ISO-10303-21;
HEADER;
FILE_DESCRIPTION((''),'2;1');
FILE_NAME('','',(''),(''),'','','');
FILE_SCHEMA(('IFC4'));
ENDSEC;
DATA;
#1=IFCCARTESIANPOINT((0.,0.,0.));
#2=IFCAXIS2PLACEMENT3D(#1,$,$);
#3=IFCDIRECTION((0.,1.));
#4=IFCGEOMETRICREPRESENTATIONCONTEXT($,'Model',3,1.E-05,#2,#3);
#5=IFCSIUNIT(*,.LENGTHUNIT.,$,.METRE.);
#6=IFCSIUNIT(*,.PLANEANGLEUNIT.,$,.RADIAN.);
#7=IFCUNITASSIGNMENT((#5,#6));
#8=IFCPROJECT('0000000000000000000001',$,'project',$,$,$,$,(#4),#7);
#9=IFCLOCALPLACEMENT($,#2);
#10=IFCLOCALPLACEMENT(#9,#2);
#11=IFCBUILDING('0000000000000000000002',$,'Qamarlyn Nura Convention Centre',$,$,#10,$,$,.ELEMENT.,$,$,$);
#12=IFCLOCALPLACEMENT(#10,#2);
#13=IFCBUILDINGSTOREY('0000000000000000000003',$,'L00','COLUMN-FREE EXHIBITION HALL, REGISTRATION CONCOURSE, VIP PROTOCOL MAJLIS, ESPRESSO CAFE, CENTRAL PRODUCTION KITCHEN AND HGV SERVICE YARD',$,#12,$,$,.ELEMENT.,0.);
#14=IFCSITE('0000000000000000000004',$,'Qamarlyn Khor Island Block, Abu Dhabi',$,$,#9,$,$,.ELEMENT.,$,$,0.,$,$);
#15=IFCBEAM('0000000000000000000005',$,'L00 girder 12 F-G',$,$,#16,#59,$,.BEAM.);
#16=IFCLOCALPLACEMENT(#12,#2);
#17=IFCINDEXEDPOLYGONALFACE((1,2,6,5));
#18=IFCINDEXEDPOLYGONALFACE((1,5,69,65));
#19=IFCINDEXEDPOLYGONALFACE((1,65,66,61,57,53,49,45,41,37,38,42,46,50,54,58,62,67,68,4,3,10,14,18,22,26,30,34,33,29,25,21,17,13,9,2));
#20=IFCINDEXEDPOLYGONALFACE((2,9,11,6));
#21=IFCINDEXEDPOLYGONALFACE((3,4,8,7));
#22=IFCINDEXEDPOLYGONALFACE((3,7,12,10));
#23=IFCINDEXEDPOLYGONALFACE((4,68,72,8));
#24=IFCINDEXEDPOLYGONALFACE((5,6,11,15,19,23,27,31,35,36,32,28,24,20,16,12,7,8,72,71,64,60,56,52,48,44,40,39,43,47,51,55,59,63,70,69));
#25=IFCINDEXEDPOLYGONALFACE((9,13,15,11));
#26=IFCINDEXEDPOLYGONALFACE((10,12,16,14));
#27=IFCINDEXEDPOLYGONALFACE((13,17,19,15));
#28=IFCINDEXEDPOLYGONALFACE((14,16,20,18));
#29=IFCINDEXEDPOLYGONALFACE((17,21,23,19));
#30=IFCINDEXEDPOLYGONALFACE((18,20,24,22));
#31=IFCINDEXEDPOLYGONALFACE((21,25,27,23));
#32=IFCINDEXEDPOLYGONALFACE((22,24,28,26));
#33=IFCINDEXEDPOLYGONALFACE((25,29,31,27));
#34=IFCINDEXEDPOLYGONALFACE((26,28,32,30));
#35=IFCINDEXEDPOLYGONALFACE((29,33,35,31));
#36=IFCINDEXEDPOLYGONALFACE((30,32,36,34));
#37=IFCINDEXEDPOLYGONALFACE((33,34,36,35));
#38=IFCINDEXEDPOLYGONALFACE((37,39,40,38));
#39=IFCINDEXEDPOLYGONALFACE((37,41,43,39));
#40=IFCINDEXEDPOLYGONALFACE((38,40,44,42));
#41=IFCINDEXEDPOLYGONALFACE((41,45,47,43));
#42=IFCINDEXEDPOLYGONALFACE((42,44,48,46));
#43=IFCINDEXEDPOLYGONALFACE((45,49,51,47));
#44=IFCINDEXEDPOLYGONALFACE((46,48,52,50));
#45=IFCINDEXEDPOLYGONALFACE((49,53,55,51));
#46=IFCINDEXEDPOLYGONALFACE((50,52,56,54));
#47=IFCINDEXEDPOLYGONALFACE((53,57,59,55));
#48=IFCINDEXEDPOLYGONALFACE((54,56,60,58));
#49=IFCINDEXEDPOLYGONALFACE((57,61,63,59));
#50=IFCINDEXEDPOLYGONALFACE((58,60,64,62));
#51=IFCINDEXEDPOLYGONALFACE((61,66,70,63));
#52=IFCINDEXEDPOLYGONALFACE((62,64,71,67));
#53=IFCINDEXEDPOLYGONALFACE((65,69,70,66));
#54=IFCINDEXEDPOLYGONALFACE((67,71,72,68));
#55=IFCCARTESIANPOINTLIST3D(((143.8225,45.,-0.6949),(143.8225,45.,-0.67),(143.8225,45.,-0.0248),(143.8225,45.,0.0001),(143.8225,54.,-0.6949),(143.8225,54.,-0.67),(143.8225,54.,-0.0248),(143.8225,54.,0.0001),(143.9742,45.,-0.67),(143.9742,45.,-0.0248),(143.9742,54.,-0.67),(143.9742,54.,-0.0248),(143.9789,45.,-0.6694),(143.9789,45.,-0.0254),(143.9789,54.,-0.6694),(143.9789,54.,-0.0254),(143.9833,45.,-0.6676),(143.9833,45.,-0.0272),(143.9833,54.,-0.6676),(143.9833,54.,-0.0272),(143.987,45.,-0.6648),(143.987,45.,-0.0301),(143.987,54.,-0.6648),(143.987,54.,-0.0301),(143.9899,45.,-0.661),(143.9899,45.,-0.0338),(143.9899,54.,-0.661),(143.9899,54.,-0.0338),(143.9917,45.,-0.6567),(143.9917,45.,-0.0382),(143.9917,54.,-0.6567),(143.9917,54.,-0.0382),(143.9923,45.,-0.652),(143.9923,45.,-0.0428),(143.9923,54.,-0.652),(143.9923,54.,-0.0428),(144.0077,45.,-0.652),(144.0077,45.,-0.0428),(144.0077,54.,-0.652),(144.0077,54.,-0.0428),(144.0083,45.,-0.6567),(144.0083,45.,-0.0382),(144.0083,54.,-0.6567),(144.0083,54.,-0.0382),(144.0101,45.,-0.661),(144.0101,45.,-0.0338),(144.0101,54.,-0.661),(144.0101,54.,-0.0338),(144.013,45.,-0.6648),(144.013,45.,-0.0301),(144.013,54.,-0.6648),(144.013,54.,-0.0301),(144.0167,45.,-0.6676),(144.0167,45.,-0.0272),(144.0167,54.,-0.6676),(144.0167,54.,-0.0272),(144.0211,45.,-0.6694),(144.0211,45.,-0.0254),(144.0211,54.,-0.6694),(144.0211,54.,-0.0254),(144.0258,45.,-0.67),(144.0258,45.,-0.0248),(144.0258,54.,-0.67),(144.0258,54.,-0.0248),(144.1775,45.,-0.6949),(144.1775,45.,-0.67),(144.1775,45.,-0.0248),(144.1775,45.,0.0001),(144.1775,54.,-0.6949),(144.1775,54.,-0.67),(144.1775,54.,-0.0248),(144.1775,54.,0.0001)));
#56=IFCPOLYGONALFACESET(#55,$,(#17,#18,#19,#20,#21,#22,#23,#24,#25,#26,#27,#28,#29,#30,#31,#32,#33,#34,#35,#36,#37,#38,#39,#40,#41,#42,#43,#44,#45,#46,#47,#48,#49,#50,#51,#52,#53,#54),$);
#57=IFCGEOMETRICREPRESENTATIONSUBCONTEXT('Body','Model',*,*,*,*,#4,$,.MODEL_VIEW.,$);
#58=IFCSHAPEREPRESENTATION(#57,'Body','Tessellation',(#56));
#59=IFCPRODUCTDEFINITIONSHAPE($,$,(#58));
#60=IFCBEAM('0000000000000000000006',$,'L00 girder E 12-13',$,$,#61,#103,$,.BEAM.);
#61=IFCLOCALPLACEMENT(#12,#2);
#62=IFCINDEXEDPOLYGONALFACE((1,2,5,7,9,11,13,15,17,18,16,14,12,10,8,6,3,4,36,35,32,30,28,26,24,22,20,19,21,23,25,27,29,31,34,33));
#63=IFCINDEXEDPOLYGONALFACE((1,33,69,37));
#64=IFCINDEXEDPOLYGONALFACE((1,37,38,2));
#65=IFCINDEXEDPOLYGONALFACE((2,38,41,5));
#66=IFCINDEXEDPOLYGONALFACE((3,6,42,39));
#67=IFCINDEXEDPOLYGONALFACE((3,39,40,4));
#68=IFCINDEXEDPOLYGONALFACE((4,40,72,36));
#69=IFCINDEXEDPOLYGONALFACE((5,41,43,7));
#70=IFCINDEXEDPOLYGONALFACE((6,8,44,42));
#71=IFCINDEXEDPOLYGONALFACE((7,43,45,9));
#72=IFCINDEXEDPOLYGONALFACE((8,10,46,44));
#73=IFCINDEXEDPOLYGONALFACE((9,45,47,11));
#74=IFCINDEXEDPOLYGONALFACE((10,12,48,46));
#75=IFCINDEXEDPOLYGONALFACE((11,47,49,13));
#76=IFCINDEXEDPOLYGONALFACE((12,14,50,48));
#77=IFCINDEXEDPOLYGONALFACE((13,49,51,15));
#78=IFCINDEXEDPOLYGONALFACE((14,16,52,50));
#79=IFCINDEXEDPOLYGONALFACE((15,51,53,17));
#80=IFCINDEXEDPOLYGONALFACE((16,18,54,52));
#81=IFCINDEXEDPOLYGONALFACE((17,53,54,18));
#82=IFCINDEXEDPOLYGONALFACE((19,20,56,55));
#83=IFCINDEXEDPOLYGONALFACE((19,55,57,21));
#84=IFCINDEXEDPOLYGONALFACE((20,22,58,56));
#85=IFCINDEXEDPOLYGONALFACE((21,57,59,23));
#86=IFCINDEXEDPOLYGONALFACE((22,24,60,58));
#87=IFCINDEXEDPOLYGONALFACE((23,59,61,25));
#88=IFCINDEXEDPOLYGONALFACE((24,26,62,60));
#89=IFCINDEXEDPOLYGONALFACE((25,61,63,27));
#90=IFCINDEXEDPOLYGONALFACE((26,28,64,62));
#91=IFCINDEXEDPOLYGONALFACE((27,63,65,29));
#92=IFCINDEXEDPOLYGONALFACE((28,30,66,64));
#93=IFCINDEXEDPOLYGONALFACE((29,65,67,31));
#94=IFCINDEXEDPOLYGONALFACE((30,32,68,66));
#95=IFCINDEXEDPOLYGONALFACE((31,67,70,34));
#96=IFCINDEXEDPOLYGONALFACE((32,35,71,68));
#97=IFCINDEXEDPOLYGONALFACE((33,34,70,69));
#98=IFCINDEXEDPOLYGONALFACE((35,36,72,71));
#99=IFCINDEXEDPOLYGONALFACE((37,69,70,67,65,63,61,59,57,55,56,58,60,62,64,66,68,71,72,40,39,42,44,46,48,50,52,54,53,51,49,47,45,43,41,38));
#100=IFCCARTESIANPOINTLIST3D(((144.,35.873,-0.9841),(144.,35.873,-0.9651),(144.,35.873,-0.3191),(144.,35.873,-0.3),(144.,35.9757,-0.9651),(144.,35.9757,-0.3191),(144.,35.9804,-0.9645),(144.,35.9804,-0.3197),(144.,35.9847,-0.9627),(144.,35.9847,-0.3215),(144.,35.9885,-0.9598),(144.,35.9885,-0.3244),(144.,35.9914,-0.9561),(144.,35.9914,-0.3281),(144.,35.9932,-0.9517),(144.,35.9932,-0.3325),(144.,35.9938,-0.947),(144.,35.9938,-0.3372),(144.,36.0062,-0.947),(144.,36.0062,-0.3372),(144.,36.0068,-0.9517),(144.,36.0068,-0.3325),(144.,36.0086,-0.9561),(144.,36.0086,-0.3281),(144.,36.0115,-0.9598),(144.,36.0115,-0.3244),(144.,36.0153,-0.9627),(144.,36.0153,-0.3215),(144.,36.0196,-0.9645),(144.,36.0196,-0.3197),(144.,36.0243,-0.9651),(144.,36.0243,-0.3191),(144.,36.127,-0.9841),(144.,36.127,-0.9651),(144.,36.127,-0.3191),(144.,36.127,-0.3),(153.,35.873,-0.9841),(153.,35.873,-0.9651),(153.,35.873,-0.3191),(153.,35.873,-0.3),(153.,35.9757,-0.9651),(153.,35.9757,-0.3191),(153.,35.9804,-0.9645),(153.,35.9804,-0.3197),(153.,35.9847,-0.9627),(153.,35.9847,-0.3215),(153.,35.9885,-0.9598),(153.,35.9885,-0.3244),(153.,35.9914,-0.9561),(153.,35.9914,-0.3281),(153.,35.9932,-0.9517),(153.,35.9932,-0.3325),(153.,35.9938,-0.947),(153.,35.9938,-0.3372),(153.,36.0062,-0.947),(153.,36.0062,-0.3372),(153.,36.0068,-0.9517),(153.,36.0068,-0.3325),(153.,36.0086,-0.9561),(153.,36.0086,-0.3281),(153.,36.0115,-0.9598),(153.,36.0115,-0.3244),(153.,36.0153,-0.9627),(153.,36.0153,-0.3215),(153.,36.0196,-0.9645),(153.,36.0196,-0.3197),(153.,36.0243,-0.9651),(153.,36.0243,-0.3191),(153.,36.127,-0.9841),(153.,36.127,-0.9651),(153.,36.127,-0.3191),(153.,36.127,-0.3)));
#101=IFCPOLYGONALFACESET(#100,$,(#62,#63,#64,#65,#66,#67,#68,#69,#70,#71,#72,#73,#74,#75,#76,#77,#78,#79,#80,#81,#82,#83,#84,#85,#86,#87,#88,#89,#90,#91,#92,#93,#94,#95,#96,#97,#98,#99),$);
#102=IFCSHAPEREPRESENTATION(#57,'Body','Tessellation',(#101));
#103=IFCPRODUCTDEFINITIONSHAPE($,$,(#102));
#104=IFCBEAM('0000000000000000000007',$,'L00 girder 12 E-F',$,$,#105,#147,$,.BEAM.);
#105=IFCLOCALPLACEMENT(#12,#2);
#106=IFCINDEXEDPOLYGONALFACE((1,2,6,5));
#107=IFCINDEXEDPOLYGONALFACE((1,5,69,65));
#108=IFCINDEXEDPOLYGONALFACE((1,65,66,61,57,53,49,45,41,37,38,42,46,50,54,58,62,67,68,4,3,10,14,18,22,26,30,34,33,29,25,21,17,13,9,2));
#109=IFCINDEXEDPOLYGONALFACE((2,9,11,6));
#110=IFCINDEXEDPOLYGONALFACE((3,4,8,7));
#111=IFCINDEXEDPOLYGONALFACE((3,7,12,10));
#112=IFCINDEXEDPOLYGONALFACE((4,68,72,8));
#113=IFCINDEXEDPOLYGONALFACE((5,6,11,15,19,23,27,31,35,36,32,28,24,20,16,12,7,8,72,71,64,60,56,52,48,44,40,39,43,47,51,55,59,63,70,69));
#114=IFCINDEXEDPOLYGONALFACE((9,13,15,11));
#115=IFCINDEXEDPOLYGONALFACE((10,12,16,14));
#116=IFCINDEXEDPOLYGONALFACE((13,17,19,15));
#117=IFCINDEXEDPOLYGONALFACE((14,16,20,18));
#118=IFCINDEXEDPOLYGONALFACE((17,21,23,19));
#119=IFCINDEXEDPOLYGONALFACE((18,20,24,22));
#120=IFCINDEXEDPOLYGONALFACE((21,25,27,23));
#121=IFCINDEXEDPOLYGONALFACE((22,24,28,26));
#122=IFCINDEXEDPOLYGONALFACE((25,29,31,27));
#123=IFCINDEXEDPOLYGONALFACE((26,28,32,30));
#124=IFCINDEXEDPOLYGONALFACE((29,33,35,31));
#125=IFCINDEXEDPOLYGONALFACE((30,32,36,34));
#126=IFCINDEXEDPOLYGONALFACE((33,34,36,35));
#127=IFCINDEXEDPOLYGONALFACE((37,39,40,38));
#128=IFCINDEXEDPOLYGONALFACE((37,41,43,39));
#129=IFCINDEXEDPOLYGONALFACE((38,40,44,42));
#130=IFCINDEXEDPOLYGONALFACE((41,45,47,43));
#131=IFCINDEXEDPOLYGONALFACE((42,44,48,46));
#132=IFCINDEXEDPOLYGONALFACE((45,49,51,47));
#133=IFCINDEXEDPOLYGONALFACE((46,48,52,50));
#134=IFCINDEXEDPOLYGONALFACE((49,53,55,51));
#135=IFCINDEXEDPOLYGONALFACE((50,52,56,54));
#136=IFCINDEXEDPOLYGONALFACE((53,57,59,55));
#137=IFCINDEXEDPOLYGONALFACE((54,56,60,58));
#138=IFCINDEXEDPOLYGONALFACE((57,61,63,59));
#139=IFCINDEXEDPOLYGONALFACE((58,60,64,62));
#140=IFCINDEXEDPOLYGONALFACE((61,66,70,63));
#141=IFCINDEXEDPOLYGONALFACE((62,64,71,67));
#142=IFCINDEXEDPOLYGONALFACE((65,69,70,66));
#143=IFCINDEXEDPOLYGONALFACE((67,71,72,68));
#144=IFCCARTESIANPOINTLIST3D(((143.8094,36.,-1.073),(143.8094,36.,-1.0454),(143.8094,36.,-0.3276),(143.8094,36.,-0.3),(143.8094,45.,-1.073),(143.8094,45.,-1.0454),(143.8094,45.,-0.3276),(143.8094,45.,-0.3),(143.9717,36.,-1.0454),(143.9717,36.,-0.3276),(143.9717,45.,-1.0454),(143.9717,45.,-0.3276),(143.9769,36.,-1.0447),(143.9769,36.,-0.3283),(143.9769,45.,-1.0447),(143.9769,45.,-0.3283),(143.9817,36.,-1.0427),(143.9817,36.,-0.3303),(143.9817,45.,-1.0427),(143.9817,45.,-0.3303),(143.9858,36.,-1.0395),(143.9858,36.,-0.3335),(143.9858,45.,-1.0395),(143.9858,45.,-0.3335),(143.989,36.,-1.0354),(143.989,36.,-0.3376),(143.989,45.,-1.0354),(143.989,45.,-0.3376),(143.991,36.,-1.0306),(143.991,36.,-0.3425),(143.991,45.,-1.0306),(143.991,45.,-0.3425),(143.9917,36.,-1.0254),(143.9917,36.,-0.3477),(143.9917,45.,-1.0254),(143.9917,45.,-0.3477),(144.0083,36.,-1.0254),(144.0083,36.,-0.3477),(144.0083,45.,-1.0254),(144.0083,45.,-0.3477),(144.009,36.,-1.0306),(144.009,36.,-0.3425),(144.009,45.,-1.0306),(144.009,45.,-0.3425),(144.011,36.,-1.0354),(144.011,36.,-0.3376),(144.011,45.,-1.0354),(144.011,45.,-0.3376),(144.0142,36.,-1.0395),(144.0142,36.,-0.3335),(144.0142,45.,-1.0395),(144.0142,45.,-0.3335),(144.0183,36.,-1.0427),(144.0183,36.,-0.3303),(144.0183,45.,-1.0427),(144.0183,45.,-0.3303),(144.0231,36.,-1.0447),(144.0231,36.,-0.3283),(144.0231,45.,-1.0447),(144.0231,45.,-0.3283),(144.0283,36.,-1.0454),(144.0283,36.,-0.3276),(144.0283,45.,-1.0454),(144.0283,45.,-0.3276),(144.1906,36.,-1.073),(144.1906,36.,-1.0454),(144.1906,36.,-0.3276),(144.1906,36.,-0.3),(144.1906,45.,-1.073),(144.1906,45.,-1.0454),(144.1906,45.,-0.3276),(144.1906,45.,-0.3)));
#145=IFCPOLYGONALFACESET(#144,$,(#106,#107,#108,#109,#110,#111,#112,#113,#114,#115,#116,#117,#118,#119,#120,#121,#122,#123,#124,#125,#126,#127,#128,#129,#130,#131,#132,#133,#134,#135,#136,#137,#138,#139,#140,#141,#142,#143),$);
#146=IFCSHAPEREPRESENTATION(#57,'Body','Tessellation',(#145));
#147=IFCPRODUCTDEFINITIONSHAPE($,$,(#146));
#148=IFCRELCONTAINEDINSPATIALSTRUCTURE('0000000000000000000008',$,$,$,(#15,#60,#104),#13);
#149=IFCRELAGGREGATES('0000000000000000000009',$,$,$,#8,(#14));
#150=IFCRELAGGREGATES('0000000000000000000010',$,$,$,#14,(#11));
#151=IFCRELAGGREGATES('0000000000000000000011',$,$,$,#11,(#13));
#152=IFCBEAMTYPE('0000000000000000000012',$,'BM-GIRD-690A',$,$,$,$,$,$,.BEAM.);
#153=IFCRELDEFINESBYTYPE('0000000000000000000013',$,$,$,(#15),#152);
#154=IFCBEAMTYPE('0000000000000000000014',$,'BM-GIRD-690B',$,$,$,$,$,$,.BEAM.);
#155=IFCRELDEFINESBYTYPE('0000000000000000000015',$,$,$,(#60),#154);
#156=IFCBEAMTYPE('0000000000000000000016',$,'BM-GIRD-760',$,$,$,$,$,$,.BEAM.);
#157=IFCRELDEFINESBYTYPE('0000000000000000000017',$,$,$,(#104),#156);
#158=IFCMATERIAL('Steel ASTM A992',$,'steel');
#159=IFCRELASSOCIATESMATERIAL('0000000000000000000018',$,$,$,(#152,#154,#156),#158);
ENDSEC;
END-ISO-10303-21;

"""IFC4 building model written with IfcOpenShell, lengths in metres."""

from ifc_helpers import new_model, si_unit, direction, frame, origin, origin_2d, place, context, subcontext, project, spatial, i_section, extrude, material, material_profile, profile_set, type_object, element, save


model = new_model("IFC4")

# Units and contexts
model_context = context("Model", 3, precision=1e-05, world=origin(), true_north=direction((0.0, 1.0)))
body_context = subcontext(model_context, "Body", "Model", "MODEL_VIEW")
ifc_project = project(units=[si_unit("LENGTHUNIT", "METRE"), si_unit("PLANEANGLEUNIT", "RADIAN")], contexts=[model_context])

# Site, building, storey
site_placement = place(None, origin())
site = spatial("IfcSite", under=ifc_project, at=site_placement, Name="Qamarlyn Khor Island Block, Abu Dhabi", CompositionType="ELEMENT", RefElevation=0.0)
building_placement = place(site_placement, origin())
building = spatial("IfcBuilding", under=site, at=building_placement, Name="Qamarlyn Nura Convention Centre", CompositionType="ELEMENT")
storey_placement = place(building_placement, origin())
storey = spatial("IfcBuildingStorey", under=building, at=storey_placement, Name="L00", Description="COLUMN-FREE EXHIBITION HALL, REGISTRATION CONCOURSE, VIP PROTOCOL MAJLIS, ESPRESSO CAFE, CENTRAL PRODUCTION KITCHEN AND HGV SERVICE YARD", CompositionType="ELEMENT", Elevation=0.0)

# Shared definitions
ifc_material_1 = material(Name="Steel ASTM A992", Category="steel")

# Beams
ifc_material_profile_1 = material_profile(ifc_material_1, i_section(OverallWidth=0.355, OverallDepth=0.6951, WebThickness=0.0154, FlangeThickness=0.0249, FilletRadius=0.0181, at=origin_2d()), Name="W690X217")
ifc_profile_set_1 = profile_set([ifc_material_profile_1], Name="Steel ASTM A992")
beam_type_1 = type_object("IfcBeamType", Name="BM-GIRD-690A", PredefinedType="BEAM", material=ifc_profile_set_1)
beam_1_placement = place(storey_placement, frame((144.0, 45.0, -0.3474), z_axis=(0.0, 1.0, 0.0), x_axis=(-1.0, 0.0, 0.0)))
element("IfcBeam", 1, at=beam_1_placement, inside=storey, type_object=beam_type_1, Name="L00 girder 12 F-G", PredefinedType="BEAM", context=body_context, shape_type="SweptSolid", body=[
    extrude(i_section(OverallWidth=0.355, OverallDepth=0.6951, WebThickness=0.0154, FlangeThickness=0.0249, FilletRadius=0.0181, at=origin_2d()), origin(), (0.0, 0.0, 1.0), 9.0),
])
ifc_material_profile_2 = material_profile(ifc_material_1, i_section(OverallWidth=0.2539, OverallDepth=0.6841, WebThickness=0.0125, FlangeThickness=0.019, FilletRadius=0.0181, at=origin_2d()), Name="W690X140")
ifc_profile_set_2 = profile_set([ifc_material_profile_2], Name="Steel ASTM A992")
beam_type_2 = type_object("IfcBeamType", Name="BM-GIRD-690B", PredefinedType="BEAM", material=ifc_profile_set_2)
beam_2_placement = place(storey_placement, frame((144.0, 36.0, -0.6421), z_axis=(1.0, 0.0, 0.0), x_axis=(0.0, 1.0, 0.0)))
element("IfcBeam", 2, at=beam_2_placement, inside=storey, type_object=beam_type_2, Name="L00 girder E 12-13", PredefinedType="BEAM", context=body_context, shape_type="SweptSolid", body=[
    extrude(i_section(OverallWidth=0.2539, OverallDepth=0.6841, WebThickness=0.0125, FlangeThickness=0.019, FilletRadius=0.0181, at=origin_2d()), origin(), (0.0, 0.0, 1.0), 9.0),
])
ifc_material_profile_3 = material_profile(ifc_material_1, i_section(OverallWidth=0.3811, OverallDepth=0.7729, WebThickness=0.0166, FlangeThickness=0.0276, FilletRadius=0.02, at=origin_2d()), Name="W760X257")
ifc_profile_set_3 = profile_set([ifc_material_profile_3], Name="Steel ASTM A992")
beam_type_3 = type_object("IfcBeamType", Name="BM-GIRD-760", PredefinedType="BEAM", material=ifc_profile_set_3)
beam_3_placement = place(storey_placement, frame((144.0, 36.0, -0.6865), z_axis=(0.0, 1.0, 0.0), x_axis=(-1.0, 0.0, 0.0)))
element("IfcBeam", 3, at=beam_3_placement, inside=storey, type_object=beam_type_3, Name="L00 girder 12 E-F", PredefinedType="BEAM", context=body_context, shape_type="SweptSolid", body=[
    extrude(i_section(OverallWidth=0.3811, OverallDepth=0.7729, WebThickness=0.0166, FlangeThickness=0.0276, FilletRadius=0.02, at=origin_2d()), origin(), (0.0, 0.0, 1.0), 9.0),
])

save(model, "model.ifc")
